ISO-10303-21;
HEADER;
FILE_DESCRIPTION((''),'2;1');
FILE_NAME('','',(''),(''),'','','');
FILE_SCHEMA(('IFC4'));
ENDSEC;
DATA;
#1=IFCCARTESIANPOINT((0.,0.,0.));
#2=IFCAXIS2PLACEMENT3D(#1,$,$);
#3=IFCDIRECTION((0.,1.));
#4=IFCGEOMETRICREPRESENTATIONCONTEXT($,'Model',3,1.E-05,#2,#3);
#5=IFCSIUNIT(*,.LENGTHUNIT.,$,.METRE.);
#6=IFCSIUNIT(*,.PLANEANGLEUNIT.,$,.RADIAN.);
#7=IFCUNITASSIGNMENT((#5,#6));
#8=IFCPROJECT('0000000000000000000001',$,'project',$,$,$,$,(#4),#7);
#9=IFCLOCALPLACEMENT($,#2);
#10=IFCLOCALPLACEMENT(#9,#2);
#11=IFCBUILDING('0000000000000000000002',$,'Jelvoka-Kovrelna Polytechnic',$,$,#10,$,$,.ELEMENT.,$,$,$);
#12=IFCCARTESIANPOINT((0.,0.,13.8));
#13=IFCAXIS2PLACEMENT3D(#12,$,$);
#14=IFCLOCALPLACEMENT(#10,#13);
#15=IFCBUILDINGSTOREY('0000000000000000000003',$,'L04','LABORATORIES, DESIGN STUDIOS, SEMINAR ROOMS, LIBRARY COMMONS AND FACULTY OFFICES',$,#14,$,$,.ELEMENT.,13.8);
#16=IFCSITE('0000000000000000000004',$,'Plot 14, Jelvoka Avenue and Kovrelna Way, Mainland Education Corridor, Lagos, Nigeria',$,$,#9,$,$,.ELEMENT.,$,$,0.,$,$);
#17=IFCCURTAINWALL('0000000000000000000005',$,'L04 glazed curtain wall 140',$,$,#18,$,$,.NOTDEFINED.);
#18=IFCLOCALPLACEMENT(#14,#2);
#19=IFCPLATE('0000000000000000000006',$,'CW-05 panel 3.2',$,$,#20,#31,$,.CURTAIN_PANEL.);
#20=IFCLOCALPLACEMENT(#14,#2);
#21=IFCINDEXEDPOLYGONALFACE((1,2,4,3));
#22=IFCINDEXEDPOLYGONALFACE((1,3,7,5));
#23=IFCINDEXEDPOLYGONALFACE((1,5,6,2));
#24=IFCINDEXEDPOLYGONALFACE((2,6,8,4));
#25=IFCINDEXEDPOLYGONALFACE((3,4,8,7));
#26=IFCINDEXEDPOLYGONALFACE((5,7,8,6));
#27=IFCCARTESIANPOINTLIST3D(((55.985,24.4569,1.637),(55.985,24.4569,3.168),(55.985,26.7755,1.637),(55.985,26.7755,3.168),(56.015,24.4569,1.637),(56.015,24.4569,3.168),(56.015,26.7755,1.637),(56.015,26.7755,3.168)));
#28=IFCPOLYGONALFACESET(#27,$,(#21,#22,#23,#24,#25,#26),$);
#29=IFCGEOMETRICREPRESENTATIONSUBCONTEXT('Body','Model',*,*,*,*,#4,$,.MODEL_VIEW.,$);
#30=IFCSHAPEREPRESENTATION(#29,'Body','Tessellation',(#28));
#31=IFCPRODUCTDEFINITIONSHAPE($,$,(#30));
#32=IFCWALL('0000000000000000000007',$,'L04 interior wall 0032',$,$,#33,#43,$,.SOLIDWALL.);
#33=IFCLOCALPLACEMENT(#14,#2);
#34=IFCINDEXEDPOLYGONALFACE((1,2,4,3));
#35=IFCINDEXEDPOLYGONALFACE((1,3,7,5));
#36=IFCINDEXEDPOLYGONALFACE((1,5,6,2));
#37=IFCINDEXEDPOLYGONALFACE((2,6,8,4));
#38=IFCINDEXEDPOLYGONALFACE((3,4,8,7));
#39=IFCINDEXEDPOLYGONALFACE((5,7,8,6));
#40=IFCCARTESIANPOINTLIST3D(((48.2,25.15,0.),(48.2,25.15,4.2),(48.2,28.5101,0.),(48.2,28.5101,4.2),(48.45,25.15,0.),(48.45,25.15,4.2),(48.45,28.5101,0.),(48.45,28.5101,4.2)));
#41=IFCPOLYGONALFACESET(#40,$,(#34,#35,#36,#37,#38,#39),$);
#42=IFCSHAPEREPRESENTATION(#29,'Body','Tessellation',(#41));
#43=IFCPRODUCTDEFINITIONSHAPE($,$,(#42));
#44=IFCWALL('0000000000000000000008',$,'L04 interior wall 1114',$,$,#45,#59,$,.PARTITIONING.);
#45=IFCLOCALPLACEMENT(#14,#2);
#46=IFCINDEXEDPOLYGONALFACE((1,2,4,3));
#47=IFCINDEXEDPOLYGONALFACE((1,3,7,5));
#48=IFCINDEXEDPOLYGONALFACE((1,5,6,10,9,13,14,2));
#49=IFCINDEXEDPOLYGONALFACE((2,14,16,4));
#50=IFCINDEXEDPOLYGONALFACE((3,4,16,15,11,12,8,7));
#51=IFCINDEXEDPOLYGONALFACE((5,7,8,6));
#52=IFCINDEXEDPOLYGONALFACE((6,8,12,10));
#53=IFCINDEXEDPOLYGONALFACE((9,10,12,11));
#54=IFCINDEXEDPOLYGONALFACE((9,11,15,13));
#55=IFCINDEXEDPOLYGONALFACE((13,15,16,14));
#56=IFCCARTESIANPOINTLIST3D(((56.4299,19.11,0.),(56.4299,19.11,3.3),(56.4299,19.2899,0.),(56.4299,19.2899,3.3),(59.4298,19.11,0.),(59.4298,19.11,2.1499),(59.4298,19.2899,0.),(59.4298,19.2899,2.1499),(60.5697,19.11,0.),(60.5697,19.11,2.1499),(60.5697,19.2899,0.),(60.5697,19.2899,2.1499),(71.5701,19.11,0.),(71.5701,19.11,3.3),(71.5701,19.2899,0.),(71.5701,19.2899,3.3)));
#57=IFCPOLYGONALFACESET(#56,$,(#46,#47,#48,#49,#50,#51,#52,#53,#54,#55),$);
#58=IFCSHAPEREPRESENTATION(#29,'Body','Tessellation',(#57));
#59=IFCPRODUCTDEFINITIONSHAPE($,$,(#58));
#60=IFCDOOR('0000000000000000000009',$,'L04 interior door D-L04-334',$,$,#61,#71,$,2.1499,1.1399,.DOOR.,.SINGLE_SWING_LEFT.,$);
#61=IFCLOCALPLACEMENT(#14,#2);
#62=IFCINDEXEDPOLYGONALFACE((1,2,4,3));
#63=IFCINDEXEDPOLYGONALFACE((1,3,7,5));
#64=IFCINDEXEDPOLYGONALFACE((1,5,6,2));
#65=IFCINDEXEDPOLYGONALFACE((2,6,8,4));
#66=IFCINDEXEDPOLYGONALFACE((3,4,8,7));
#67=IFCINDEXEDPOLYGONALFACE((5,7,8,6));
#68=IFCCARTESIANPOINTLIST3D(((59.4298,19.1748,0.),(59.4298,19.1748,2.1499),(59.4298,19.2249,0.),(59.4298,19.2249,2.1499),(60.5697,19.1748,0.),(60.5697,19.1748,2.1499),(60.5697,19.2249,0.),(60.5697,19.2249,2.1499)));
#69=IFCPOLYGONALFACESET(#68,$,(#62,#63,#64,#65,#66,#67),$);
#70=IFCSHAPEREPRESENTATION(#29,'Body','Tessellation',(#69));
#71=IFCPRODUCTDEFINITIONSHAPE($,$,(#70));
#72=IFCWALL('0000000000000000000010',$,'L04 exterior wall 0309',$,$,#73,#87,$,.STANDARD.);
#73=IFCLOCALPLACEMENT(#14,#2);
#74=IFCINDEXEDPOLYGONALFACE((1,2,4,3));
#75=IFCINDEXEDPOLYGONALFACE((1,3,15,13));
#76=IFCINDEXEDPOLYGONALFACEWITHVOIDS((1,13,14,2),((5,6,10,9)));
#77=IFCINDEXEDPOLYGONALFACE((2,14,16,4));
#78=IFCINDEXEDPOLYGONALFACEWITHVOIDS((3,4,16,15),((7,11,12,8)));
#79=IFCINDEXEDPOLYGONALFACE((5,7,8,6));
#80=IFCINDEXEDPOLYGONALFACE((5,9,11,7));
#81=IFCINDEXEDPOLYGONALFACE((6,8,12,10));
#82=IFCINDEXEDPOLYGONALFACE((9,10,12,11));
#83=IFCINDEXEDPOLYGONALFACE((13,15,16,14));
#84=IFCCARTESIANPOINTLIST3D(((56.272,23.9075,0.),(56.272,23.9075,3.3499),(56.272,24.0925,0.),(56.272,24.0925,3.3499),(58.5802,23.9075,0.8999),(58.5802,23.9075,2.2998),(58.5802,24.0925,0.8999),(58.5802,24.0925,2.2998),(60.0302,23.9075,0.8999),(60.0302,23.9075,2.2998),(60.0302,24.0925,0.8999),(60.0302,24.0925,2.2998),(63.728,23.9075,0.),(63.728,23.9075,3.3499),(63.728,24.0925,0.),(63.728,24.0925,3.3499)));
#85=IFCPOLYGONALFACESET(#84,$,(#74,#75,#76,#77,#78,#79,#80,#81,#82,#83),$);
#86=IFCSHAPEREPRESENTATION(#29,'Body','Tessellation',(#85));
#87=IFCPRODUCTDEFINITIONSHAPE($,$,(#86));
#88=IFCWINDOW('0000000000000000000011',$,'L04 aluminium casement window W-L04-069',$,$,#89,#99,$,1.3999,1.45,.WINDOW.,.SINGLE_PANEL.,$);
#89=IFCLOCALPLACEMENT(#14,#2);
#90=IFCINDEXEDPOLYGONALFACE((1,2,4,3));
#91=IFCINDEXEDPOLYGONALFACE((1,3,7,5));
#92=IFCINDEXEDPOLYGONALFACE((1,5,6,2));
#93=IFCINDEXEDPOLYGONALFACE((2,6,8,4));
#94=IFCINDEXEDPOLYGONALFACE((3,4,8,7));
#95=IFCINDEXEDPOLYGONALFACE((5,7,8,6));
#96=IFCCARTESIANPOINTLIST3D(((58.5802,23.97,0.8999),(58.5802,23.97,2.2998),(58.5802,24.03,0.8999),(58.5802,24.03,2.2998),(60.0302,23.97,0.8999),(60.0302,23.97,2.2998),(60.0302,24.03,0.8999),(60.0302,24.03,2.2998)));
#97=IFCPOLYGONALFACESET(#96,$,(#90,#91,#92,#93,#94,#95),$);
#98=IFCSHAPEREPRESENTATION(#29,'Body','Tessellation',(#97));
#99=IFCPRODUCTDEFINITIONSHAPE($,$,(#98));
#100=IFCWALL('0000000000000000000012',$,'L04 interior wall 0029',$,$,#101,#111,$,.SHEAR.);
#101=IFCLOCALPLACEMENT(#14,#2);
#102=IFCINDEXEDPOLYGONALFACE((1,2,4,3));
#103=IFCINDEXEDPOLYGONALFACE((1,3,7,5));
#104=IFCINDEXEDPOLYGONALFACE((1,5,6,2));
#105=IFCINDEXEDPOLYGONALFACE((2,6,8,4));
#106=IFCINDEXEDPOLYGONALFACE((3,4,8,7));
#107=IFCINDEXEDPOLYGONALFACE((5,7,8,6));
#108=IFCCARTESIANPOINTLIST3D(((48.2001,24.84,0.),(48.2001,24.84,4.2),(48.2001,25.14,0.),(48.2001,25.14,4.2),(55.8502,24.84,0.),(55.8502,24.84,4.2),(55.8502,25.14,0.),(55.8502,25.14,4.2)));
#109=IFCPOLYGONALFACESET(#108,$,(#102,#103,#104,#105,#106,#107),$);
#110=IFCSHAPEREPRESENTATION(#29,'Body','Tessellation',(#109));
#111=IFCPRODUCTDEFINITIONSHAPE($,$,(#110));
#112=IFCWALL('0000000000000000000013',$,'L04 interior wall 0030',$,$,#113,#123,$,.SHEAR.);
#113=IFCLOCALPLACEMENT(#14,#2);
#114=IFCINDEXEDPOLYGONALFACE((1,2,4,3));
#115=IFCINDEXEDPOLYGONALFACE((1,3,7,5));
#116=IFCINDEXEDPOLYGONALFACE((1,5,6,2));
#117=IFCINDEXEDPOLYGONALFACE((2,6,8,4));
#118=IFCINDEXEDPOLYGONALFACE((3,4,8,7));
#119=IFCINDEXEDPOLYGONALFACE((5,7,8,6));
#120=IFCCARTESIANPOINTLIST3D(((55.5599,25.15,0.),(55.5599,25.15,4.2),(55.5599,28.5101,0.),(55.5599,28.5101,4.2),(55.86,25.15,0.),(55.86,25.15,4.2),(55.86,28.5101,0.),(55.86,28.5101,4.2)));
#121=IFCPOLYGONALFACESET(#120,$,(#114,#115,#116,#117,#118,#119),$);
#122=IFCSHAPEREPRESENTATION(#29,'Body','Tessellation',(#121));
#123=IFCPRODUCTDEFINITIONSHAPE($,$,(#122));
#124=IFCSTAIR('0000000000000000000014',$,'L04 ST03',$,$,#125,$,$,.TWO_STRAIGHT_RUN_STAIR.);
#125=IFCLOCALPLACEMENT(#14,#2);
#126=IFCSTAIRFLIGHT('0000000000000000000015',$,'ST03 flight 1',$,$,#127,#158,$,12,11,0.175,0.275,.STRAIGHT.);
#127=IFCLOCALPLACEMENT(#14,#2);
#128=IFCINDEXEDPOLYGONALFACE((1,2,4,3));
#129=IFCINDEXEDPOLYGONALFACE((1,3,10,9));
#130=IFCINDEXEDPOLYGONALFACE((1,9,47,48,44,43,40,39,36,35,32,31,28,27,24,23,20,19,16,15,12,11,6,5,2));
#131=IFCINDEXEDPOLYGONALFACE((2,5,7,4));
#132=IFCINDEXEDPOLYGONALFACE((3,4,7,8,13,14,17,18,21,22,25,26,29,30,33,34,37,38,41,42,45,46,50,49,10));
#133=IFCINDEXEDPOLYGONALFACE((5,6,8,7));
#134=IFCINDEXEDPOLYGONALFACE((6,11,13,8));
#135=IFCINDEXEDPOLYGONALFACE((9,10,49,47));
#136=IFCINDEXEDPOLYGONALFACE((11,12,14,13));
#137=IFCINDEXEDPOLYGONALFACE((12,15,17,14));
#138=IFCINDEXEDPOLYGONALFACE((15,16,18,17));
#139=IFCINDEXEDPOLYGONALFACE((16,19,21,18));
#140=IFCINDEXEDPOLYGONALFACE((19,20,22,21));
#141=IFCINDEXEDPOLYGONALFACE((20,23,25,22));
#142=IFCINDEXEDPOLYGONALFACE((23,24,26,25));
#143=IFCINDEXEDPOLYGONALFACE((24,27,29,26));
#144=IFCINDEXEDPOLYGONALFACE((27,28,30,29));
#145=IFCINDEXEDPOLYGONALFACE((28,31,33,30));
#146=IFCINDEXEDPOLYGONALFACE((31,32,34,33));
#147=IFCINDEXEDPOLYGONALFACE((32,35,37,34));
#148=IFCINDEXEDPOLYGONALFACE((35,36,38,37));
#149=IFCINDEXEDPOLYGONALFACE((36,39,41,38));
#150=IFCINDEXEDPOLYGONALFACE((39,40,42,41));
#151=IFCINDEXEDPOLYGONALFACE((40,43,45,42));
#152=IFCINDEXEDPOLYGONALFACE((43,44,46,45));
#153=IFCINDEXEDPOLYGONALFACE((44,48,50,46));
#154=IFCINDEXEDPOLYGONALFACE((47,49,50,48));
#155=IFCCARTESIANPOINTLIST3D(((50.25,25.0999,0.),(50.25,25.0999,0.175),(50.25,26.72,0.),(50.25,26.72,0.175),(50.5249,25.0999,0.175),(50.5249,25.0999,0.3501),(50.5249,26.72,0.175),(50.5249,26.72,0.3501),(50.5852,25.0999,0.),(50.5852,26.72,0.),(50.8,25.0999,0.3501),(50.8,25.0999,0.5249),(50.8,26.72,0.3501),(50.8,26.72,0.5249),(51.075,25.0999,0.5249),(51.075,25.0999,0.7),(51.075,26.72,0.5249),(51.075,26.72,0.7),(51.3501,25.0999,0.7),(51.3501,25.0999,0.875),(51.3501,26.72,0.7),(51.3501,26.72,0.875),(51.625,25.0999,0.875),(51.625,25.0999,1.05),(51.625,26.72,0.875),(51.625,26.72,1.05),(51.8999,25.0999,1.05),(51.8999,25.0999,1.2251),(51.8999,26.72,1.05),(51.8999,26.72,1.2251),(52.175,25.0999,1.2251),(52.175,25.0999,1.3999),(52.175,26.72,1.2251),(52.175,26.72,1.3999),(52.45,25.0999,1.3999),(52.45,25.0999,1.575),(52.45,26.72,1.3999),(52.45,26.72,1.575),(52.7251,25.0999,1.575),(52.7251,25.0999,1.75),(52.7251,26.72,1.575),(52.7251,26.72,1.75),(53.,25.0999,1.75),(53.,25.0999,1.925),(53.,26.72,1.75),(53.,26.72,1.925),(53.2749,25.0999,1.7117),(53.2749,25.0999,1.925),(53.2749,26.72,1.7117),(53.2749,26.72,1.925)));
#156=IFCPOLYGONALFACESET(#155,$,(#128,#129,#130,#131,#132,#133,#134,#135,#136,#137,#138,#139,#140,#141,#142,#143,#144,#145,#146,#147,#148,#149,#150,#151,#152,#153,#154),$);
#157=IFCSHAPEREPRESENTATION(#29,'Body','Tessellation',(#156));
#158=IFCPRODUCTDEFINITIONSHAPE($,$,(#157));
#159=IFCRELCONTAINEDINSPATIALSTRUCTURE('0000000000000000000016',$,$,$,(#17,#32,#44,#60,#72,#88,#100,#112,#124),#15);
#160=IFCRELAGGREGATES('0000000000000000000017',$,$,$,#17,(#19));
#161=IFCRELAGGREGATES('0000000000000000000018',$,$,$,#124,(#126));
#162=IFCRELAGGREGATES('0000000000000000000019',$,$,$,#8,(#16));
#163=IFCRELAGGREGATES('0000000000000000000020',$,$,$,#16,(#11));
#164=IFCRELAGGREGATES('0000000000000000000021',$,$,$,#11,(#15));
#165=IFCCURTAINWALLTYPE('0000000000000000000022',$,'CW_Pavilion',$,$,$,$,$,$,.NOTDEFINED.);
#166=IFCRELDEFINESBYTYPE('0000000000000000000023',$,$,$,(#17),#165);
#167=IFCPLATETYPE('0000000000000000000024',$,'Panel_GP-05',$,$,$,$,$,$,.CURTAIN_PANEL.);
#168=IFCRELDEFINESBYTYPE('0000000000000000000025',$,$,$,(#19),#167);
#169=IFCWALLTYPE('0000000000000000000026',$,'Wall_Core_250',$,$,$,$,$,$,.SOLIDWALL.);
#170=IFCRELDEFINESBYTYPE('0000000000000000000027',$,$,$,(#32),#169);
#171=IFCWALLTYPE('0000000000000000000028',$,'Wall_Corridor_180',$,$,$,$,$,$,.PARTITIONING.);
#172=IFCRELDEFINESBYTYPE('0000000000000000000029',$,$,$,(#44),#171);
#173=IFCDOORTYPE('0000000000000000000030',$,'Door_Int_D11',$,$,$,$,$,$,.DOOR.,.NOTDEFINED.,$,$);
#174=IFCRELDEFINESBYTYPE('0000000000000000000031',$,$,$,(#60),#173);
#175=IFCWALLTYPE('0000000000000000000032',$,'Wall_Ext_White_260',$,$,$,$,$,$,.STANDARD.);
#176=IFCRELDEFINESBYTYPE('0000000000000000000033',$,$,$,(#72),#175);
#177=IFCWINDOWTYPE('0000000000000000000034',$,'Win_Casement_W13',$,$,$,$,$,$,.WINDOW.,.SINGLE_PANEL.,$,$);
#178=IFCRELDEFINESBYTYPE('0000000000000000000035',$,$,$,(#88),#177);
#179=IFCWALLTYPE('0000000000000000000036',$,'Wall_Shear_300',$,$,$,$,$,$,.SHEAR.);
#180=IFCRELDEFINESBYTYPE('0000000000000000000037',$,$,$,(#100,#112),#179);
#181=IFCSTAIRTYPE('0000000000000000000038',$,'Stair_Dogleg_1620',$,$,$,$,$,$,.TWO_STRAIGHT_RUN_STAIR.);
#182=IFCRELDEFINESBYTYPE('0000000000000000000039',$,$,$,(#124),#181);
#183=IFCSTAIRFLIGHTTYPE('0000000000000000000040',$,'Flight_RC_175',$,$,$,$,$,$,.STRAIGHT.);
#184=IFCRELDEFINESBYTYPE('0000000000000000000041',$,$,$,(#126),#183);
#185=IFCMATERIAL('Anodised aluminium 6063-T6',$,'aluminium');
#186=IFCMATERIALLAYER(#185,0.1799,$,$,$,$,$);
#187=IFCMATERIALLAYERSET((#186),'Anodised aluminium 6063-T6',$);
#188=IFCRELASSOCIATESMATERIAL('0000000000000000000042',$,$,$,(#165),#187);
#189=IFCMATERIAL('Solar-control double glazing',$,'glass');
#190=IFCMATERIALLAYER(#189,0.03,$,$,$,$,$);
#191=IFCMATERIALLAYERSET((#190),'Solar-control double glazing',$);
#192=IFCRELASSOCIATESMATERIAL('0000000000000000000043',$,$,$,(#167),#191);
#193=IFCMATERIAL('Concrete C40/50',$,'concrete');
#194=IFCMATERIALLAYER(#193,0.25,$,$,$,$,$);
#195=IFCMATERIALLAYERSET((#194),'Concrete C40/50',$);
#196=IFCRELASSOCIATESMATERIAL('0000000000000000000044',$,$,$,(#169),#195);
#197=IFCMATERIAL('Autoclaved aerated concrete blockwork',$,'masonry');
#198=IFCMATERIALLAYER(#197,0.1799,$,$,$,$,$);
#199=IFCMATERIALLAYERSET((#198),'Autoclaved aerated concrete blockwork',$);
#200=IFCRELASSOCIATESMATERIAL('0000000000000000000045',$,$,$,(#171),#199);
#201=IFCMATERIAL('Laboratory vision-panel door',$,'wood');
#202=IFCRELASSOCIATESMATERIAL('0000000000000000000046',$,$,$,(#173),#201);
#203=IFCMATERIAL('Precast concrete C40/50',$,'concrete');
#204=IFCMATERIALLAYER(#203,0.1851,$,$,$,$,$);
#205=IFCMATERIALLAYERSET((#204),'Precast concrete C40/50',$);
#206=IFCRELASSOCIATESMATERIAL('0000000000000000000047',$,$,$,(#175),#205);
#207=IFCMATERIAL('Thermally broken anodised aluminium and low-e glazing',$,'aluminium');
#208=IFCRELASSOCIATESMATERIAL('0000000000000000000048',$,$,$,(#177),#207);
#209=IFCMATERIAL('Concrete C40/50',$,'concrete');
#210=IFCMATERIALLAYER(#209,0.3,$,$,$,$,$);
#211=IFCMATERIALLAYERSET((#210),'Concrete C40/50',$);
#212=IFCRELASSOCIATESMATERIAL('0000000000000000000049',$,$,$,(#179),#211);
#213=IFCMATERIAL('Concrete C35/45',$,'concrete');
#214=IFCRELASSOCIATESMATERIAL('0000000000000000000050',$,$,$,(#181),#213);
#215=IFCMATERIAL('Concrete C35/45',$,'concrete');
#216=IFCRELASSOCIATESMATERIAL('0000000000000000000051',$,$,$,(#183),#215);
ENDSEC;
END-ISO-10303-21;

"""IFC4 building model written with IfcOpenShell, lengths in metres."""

from ifc_helpers import new_model, si_unit, direction, frame, frame_2d, origin, origin_2d, place, context, subcontext, project, spatial, polyline, rectangle, outline, extrude, material, layer, layer_set, type_object, element, fill, aggregate, save


model = new_model("IFC4")

# Units and contexts
model_context = context("Model", 3, precision=1e-05, world=origin(), true_north=direction((0.0, 1.0)))
body_context = subcontext(model_context, "Body", "Model", "MODEL_VIEW")
ifc_project = project(units=[si_unit("LENGTHUNIT", "METRE"), si_unit("PLANEANGLEUNIT", "RADIAN")], contexts=[model_context])

# Site, building, storey
site_placement = place(None, origin())
site = spatial("IfcSite", under=ifc_project, at=site_placement, Name="Plot 14, Jelvoka Avenue and Kovrelna Way, Mainland Education Corridor, Lagos, Nigeria", CompositionType="ELEMENT", RefElevation=0.0)
building_placement = place(site_placement, origin())
building = spatial("IfcBuilding", under=site, at=building_placement, Name="Jelvoka-Kovrelna Polytechnic", CompositionType="ELEMENT")
storey_placement = place(building_placement, frame((0.0, 0.0, 13.8)))
storey = spatial("IfcBuildingStorey", under=building, at=storey_placement, Name="L04", Description="LABORATORIES, DESIGN STUDIOS, SEMINAR ROOMS, LIBRARY COMMONS AND FACULTY OFFICES", CompositionType="ELEMENT", Elevation=13.8)

# Curtain wall
ifc_material_1 = material(Name="Anodised aluminium 6063-T6", Category="aluminium")
ifc_layer_1 = layer(ifc_material_1, 0.1799)
ifc_layer_set_1 = layer_set([ifc_layer_1], Name="Anodised aluminium 6063-T6")
curtain_wall_type_1 = type_object("IfcCurtainWallType", Name="CW_Pavilion", PredefinedType="NOTDEFINED", material=ifc_layer_set_1)
curtain_wall_1_placement = place(storey_placement, origin())
curtain_wall_1 = element("IfcCurtainWall", 1, at=curtain_wall_1_placement, inside=storey, type_object=curtain_wall_type_1, Name="L04 glazed curtain wall 140", PredefinedType="NOTDEFINED")

# Plate
ifc_material_2 = material(Name="Solar-control double glazing", Category="glass")
ifc_layer_2 = layer(ifc_material_2, 0.03)
ifc_layer_set_2 = layer_set([ifc_layer_2], Name="Solar-control double glazing")
plate_type_1 = type_object("IfcPlateType", Name="Panel_GP-05", PredefinedType="CURTAIN_PANEL", material=ifc_layer_set_2)
plate_1_placement = place(storey_placement, frame((56.0, 25.6162, 1.637), z_axis=(0.0, 0.0, 1.0), x_axis=(0.0, -1.0, 0.0)))
plate_1 = element("IfcPlate", 2, at=plate_1_placement, type_object=plate_type_1, Name="CW-05 panel 3.2", PredefinedType="CURTAIN_PANEL", context=body_context, shape_type="SweptSolid", body=[
    extrude(rectangle(XDim=2.3186, YDim=0.03, at=origin_2d()), origin(), (0.0, 0.0, 1.0), 1.531),
])
aggregate(curtain_wall_1, [plate_1])

# Wall
ifc_material_3 = material(Name="Concrete C40/50", Category="concrete")
ifc_layer_3 = layer(ifc_material_3, 0.25)
ifc_layer_set_3 = layer_set([ifc_layer_3], Name="Concrete C40/50")
wall_type_1 = type_object("IfcWallType", Name="Wall_Core_250", PredefinedType="SOLIDWALL", material=ifc_layer_set_3)
wall_1_placement = place(storey_placement, frame((48.325, 25.1499, 0.0), z_axis=(0.0, 0.0, 1.0), x_axis=(0.0, 1.0, 0.0)))
element("IfcWall", 3, at=wall_1_placement, inside=storey, type_object=wall_type_1, Name="L04 interior wall 0032", PredefinedType="SOLIDWALL", context=body_context, shape_type="SweptSolid", body=[
    extrude(rectangle(XDim=3.3601, YDim=0.25, at=frame_2d((1.6802, 0.0))), origin(), (0.0, 0.0, 1.0), 4.2),
])

# Wall, opening, door
ifc_material_4 = material(Name="Autoclaved aerated concrete blockwork", Category="masonry")
ifc_layer_4 = layer(ifc_material_4, 0.1799)
ifc_layer_set_4 = layer_set([ifc_layer_4], Name="Autoclaved aerated concrete blockwork")
wall_type_2 = type_object("IfcWallType", Name="Wall_Corridor_180", PredefinedType="PARTITIONING", material=ifc_layer_set_4)
wall_2_placement = place(storey_placement, frame((56.4299, 19.2, 0.0), z_axis=(0.0, 0.0, 1.0), x_axis=(1.0, 0.0, 0.0)))
wall_2 = element("IfcWall", 4, at=wall_2_placement, inside=storey, type_object=wall_type_2, Name="L04 interior wall 1114", PredefinedType="PARTITIONING", context=body_context, shape_type="SweptSolid", body=[
    extrude(rectangle(XDim=15.1401, YDim=0.1799, at=frame_2d((7.5701, 0.0))), origin(), (0.0, 0.0, 1.0), 3.3),
])
opening_1_placement = place(wall_2_placement, frame((3.0, 0.0, 0.0)))
opening_1 = element("IfcOpeningElement", 5, at=opening_1_placement, cuts=wall_2, PredefinedType="OPENING", context=body_context, shape_type="SweptSolid", body=[
    extrude(rectangle(XDim=1.1399, YDim=2.1499, at=frame_2d((0.5698, 1.075))), frame((0.0, 0.0999, 0.0), z_axis=(0.0, -1.0, 0.0), x_axis=(1.0, 0.0, 0.0)), (0.0, 0.0, 1.0), 0.2),
])
ifc_material_5 = material(Name="Laboratory vision-panel door", Category="wood")
door_type = type_object("IfcDoorType", Name="Door_Int_D11", OperationType="NOTDEFINED", PredefinedType="DOOR", material=ifc_material_5)
door_placement = place(opening_1_placement, origin())
door = element("IfcDoor", 6, at=door_placement, inside=storey, type_object=door_type, Name="L04 interior door D-L04-334", OperationType="SINGLE_SWING_LEFT", OverallHeight=2.1499, OverallWidth=1.1399, PredefinedType="DOOR", context=body_context, shape_type="SweptSolid", body=[
    extrude(rectangle(XDim=1.1399, YDim=2.1499, at=frame_2d((0.5698, 1.075))), frame((0.0, 0.0249, 0.0), z_axis=(0.0, -1.0, 0.0), x_axis=(1.0, 0.0, 0.0)), (0.0, 0.0, 1.0), 0.05),
])
fill(opening_1, door)

# Wall, opening, window
ifc_material_6 = material(Name="Precast concrete C40/50", Category="concrete")
ifc_layer_5 = layer(ifc_material_6, 0.1851)
ifc_layer_set_5 = layer_set([ifc_layer_5], Name="Precast concrete C40/50")
wall_type_3 = type_object("IfcWallType", Name="Wall_Ext_White_260", PredefinedType="STANDARD", material=ifc_layer_set_5)
wall_3_placement = place(storey_placement, frame((56.272, 24.0, 0.0), z_axis=(0.0, 0.0, 1.0), x_axis=(1.0, 0.0, 0.0)))
wall_3 = element("IfcWall", 7, at=wall_3_placement, inside=storey, type_object=wall_type_3, Name="L04 exterior wall 0309", PredefinedType="STANDARD", context=body_context, shape_type="SweptSolid", body=[
    extrude(rectangle(XDim=7.4561, YDim=0.1851, at=frame_2d((3.728, 0.0))), origin(), (0.0, 0.0, 1.0), 3.3499),
])
opening_2_placement = place(wall_3_placement, frame((2.3081, 0.0, 0.8999)))
opening_2 = element("IfcOpeningElement", 8, at=opening_2_placement, cuts=wall_3, PredefinedType="OPENING", context=body_context, shape_type="SweptSolid", body=[
    extrude(rectangle(XDim=1.45, YDim=1.3999, at=frame_2d((0.7251, 0.7))), frame((0.0, 0.1025, 0.0), z_axis=(0.0, -1.0, 0.0), x_axis=(1.0, 0.0, 0.0)), (0.0, 0.0, 1.0), 0.2051),
])
ifc_material_7 = material(Name="Thermally broken anodised aluminium and low-e glazing", Category="aluminium")
window_type = type_object("IfcWindowType", Name="Win_Casement_W13", PartitioningType="SINGLE_PANEL", PredefinedType="WINDOW", material=ifc_material_7)
window_placement = place(opening_2_placement, origin())
window = element("IfcWindow", 9, at=window_placement, inside=storey, type_object=window_type, Name="L04 aluminium casement window W-L04-069", OverallHeight=1.3999, OverallWidth=1.45, PartitioningType="SINGLE_PANEL", PredefinedType="WINDOW", context=body_context, shape_type="SweptSolid", body=[
    extrude(rectangle(XDim=1.45, YDim=1.3999, at=frame_2d((0.7251, 0.7))), frame((0.0, 0.03, 0.0), z_axis=(0.0, -1.0, 0.0), x_axis=(1.0, 0.0, 0.0)), (0.0, 0.0, 1.0), 0.0601),
])
fill(opening_2, window)

# Walls
ifc_material_8 = material(Name="Concrete C40/50", Category="concrete")
ifc_layer_6 = layer(ifc_material_8, 0.3)
ifc_layer_set_6 = layer_set([ifc_layer_6], Name="Concrete C40/50")
wall_type_4 = type_object("IfcWallType", Name="Wall_Shear_300", PredefinedType="SHEAR", material=ifc_layer_set_6)
wall_4_placement = place(storey_placement, frame((48.2, 24.99, 0.0), z_axis=(0.0, 0.0, 1.0), x_axis=(1.0, 0.0, 0.0)))
element("IfcWall", 10, at=wall_4_placement, inside=storey, type_object=wall_type_4, Name="L04 interior wall 0029", PredefinedType="SHEAR", context=body_context, shape_type="SweptSolid", body=[
    extrude(rectangle(XDim=7.6501, YDim=0.3, at=frame_2d((3.8252, 0.0))), origin(), (0.0, 0.0, 1.0), 4.2),
])
wall_5_placement = place(storey_placement, frame((55.71, 25.1499, 0.0), z_axis=(0.0, 0.0, 1.0), x_axis=(0.0, 1.0, 0.0)))
element("IfcWall", 11, at=wall_5_placement, inside=storey, type_object=wall_type_4, Name="L04 interior wall 0030", PredefinedType="SHEAR", context=body_context, shape_type="SweptSolid", body=[
    extrude(rectangle(XDim=3.3601, YDim=0.3, at=frame_2d((1.6802, 0.0))), origin(), (0.0, 0.0, 1.0), 4.2),
])

# Stair, stair flight
ifc_material_9 = material(Name="Concrete C35/45", Category="concrete")
stair_type = type_object("IfcStairType", Name="Stair_Dogleg_1620", PredefinedType="TWO_STRAIGHT_RUN_STAIR", material=ifc_material_9)
stair_placement = place(storey_placement, origin())
stair = element("IfcStair", 12, at=stair_placement, inside=storey, type_object=stair_type, Name="L04 ST03", PredefinedType="TWO_STRAIGHT_RUN_STAIR")
ifc_material_10 = material(Name="Concrete C35/45", Category="concrete")
stair_flight_type = type_object("IfcStairFlightType", Name="Flight_RC_175", PredefinedType="STRAIGHT", material=ifc_material_10)
stair_flight_placement = place(storey_placement, frame((50.25, 25.9099, 0.0), z_axis=(0.0, 0.0, 1.0), x_axis=(1.0, 0.0, 0.0)))
stair_flight = element("IfcStairFlight", 13, at=stair_flight_placement, type_object=stair_flight_type, Name="ST03 flight 1", NumberOfRisers=12, NumberOfTreads=11, PredefinedType="STRAIGHT", RiserHeight=0.175, TreadLength=0.275, context=body_context, shape_type="SweptSolid", body=[
    extrude(outline(polyline([(0.0, 0.0), (0.0, 0.175), (0.2749, 0.175), (0.2749, 0.3501), (0.55, 0.3501), (0.55, 0.5249), (0.825, 0.5249), (0.825, 0.7), (1.1001, 0.7), (1.1001, 0.875), (1.375, 0.875), (1.375, 1.05), (1.6499, 1.05), (1.6499, 1.2251), (1.925, 1.2251), (1.925, 1.3999), (2.2, 1.3999), (2.2, 1.575), (2.4751, 1.575), (2.4751, 1.75), (2.75, 1.75), (2.75, 1.925), (3.0249, 1.925), (3.0249, 2.1001), (3.0249, 1.7117), (0.3352, 0.0), (0.0, 0.0)])), frame((0.0, 0.8101, 0.0), z_axis=(0.0, -1.0, 0.0), x_axis=(1.0, 0.0, 0.0)), (0.0, 0.0, 1.0), 1.6201),
])
aggregate(stair, [stair_flight])

save(model, "model.ifc")
